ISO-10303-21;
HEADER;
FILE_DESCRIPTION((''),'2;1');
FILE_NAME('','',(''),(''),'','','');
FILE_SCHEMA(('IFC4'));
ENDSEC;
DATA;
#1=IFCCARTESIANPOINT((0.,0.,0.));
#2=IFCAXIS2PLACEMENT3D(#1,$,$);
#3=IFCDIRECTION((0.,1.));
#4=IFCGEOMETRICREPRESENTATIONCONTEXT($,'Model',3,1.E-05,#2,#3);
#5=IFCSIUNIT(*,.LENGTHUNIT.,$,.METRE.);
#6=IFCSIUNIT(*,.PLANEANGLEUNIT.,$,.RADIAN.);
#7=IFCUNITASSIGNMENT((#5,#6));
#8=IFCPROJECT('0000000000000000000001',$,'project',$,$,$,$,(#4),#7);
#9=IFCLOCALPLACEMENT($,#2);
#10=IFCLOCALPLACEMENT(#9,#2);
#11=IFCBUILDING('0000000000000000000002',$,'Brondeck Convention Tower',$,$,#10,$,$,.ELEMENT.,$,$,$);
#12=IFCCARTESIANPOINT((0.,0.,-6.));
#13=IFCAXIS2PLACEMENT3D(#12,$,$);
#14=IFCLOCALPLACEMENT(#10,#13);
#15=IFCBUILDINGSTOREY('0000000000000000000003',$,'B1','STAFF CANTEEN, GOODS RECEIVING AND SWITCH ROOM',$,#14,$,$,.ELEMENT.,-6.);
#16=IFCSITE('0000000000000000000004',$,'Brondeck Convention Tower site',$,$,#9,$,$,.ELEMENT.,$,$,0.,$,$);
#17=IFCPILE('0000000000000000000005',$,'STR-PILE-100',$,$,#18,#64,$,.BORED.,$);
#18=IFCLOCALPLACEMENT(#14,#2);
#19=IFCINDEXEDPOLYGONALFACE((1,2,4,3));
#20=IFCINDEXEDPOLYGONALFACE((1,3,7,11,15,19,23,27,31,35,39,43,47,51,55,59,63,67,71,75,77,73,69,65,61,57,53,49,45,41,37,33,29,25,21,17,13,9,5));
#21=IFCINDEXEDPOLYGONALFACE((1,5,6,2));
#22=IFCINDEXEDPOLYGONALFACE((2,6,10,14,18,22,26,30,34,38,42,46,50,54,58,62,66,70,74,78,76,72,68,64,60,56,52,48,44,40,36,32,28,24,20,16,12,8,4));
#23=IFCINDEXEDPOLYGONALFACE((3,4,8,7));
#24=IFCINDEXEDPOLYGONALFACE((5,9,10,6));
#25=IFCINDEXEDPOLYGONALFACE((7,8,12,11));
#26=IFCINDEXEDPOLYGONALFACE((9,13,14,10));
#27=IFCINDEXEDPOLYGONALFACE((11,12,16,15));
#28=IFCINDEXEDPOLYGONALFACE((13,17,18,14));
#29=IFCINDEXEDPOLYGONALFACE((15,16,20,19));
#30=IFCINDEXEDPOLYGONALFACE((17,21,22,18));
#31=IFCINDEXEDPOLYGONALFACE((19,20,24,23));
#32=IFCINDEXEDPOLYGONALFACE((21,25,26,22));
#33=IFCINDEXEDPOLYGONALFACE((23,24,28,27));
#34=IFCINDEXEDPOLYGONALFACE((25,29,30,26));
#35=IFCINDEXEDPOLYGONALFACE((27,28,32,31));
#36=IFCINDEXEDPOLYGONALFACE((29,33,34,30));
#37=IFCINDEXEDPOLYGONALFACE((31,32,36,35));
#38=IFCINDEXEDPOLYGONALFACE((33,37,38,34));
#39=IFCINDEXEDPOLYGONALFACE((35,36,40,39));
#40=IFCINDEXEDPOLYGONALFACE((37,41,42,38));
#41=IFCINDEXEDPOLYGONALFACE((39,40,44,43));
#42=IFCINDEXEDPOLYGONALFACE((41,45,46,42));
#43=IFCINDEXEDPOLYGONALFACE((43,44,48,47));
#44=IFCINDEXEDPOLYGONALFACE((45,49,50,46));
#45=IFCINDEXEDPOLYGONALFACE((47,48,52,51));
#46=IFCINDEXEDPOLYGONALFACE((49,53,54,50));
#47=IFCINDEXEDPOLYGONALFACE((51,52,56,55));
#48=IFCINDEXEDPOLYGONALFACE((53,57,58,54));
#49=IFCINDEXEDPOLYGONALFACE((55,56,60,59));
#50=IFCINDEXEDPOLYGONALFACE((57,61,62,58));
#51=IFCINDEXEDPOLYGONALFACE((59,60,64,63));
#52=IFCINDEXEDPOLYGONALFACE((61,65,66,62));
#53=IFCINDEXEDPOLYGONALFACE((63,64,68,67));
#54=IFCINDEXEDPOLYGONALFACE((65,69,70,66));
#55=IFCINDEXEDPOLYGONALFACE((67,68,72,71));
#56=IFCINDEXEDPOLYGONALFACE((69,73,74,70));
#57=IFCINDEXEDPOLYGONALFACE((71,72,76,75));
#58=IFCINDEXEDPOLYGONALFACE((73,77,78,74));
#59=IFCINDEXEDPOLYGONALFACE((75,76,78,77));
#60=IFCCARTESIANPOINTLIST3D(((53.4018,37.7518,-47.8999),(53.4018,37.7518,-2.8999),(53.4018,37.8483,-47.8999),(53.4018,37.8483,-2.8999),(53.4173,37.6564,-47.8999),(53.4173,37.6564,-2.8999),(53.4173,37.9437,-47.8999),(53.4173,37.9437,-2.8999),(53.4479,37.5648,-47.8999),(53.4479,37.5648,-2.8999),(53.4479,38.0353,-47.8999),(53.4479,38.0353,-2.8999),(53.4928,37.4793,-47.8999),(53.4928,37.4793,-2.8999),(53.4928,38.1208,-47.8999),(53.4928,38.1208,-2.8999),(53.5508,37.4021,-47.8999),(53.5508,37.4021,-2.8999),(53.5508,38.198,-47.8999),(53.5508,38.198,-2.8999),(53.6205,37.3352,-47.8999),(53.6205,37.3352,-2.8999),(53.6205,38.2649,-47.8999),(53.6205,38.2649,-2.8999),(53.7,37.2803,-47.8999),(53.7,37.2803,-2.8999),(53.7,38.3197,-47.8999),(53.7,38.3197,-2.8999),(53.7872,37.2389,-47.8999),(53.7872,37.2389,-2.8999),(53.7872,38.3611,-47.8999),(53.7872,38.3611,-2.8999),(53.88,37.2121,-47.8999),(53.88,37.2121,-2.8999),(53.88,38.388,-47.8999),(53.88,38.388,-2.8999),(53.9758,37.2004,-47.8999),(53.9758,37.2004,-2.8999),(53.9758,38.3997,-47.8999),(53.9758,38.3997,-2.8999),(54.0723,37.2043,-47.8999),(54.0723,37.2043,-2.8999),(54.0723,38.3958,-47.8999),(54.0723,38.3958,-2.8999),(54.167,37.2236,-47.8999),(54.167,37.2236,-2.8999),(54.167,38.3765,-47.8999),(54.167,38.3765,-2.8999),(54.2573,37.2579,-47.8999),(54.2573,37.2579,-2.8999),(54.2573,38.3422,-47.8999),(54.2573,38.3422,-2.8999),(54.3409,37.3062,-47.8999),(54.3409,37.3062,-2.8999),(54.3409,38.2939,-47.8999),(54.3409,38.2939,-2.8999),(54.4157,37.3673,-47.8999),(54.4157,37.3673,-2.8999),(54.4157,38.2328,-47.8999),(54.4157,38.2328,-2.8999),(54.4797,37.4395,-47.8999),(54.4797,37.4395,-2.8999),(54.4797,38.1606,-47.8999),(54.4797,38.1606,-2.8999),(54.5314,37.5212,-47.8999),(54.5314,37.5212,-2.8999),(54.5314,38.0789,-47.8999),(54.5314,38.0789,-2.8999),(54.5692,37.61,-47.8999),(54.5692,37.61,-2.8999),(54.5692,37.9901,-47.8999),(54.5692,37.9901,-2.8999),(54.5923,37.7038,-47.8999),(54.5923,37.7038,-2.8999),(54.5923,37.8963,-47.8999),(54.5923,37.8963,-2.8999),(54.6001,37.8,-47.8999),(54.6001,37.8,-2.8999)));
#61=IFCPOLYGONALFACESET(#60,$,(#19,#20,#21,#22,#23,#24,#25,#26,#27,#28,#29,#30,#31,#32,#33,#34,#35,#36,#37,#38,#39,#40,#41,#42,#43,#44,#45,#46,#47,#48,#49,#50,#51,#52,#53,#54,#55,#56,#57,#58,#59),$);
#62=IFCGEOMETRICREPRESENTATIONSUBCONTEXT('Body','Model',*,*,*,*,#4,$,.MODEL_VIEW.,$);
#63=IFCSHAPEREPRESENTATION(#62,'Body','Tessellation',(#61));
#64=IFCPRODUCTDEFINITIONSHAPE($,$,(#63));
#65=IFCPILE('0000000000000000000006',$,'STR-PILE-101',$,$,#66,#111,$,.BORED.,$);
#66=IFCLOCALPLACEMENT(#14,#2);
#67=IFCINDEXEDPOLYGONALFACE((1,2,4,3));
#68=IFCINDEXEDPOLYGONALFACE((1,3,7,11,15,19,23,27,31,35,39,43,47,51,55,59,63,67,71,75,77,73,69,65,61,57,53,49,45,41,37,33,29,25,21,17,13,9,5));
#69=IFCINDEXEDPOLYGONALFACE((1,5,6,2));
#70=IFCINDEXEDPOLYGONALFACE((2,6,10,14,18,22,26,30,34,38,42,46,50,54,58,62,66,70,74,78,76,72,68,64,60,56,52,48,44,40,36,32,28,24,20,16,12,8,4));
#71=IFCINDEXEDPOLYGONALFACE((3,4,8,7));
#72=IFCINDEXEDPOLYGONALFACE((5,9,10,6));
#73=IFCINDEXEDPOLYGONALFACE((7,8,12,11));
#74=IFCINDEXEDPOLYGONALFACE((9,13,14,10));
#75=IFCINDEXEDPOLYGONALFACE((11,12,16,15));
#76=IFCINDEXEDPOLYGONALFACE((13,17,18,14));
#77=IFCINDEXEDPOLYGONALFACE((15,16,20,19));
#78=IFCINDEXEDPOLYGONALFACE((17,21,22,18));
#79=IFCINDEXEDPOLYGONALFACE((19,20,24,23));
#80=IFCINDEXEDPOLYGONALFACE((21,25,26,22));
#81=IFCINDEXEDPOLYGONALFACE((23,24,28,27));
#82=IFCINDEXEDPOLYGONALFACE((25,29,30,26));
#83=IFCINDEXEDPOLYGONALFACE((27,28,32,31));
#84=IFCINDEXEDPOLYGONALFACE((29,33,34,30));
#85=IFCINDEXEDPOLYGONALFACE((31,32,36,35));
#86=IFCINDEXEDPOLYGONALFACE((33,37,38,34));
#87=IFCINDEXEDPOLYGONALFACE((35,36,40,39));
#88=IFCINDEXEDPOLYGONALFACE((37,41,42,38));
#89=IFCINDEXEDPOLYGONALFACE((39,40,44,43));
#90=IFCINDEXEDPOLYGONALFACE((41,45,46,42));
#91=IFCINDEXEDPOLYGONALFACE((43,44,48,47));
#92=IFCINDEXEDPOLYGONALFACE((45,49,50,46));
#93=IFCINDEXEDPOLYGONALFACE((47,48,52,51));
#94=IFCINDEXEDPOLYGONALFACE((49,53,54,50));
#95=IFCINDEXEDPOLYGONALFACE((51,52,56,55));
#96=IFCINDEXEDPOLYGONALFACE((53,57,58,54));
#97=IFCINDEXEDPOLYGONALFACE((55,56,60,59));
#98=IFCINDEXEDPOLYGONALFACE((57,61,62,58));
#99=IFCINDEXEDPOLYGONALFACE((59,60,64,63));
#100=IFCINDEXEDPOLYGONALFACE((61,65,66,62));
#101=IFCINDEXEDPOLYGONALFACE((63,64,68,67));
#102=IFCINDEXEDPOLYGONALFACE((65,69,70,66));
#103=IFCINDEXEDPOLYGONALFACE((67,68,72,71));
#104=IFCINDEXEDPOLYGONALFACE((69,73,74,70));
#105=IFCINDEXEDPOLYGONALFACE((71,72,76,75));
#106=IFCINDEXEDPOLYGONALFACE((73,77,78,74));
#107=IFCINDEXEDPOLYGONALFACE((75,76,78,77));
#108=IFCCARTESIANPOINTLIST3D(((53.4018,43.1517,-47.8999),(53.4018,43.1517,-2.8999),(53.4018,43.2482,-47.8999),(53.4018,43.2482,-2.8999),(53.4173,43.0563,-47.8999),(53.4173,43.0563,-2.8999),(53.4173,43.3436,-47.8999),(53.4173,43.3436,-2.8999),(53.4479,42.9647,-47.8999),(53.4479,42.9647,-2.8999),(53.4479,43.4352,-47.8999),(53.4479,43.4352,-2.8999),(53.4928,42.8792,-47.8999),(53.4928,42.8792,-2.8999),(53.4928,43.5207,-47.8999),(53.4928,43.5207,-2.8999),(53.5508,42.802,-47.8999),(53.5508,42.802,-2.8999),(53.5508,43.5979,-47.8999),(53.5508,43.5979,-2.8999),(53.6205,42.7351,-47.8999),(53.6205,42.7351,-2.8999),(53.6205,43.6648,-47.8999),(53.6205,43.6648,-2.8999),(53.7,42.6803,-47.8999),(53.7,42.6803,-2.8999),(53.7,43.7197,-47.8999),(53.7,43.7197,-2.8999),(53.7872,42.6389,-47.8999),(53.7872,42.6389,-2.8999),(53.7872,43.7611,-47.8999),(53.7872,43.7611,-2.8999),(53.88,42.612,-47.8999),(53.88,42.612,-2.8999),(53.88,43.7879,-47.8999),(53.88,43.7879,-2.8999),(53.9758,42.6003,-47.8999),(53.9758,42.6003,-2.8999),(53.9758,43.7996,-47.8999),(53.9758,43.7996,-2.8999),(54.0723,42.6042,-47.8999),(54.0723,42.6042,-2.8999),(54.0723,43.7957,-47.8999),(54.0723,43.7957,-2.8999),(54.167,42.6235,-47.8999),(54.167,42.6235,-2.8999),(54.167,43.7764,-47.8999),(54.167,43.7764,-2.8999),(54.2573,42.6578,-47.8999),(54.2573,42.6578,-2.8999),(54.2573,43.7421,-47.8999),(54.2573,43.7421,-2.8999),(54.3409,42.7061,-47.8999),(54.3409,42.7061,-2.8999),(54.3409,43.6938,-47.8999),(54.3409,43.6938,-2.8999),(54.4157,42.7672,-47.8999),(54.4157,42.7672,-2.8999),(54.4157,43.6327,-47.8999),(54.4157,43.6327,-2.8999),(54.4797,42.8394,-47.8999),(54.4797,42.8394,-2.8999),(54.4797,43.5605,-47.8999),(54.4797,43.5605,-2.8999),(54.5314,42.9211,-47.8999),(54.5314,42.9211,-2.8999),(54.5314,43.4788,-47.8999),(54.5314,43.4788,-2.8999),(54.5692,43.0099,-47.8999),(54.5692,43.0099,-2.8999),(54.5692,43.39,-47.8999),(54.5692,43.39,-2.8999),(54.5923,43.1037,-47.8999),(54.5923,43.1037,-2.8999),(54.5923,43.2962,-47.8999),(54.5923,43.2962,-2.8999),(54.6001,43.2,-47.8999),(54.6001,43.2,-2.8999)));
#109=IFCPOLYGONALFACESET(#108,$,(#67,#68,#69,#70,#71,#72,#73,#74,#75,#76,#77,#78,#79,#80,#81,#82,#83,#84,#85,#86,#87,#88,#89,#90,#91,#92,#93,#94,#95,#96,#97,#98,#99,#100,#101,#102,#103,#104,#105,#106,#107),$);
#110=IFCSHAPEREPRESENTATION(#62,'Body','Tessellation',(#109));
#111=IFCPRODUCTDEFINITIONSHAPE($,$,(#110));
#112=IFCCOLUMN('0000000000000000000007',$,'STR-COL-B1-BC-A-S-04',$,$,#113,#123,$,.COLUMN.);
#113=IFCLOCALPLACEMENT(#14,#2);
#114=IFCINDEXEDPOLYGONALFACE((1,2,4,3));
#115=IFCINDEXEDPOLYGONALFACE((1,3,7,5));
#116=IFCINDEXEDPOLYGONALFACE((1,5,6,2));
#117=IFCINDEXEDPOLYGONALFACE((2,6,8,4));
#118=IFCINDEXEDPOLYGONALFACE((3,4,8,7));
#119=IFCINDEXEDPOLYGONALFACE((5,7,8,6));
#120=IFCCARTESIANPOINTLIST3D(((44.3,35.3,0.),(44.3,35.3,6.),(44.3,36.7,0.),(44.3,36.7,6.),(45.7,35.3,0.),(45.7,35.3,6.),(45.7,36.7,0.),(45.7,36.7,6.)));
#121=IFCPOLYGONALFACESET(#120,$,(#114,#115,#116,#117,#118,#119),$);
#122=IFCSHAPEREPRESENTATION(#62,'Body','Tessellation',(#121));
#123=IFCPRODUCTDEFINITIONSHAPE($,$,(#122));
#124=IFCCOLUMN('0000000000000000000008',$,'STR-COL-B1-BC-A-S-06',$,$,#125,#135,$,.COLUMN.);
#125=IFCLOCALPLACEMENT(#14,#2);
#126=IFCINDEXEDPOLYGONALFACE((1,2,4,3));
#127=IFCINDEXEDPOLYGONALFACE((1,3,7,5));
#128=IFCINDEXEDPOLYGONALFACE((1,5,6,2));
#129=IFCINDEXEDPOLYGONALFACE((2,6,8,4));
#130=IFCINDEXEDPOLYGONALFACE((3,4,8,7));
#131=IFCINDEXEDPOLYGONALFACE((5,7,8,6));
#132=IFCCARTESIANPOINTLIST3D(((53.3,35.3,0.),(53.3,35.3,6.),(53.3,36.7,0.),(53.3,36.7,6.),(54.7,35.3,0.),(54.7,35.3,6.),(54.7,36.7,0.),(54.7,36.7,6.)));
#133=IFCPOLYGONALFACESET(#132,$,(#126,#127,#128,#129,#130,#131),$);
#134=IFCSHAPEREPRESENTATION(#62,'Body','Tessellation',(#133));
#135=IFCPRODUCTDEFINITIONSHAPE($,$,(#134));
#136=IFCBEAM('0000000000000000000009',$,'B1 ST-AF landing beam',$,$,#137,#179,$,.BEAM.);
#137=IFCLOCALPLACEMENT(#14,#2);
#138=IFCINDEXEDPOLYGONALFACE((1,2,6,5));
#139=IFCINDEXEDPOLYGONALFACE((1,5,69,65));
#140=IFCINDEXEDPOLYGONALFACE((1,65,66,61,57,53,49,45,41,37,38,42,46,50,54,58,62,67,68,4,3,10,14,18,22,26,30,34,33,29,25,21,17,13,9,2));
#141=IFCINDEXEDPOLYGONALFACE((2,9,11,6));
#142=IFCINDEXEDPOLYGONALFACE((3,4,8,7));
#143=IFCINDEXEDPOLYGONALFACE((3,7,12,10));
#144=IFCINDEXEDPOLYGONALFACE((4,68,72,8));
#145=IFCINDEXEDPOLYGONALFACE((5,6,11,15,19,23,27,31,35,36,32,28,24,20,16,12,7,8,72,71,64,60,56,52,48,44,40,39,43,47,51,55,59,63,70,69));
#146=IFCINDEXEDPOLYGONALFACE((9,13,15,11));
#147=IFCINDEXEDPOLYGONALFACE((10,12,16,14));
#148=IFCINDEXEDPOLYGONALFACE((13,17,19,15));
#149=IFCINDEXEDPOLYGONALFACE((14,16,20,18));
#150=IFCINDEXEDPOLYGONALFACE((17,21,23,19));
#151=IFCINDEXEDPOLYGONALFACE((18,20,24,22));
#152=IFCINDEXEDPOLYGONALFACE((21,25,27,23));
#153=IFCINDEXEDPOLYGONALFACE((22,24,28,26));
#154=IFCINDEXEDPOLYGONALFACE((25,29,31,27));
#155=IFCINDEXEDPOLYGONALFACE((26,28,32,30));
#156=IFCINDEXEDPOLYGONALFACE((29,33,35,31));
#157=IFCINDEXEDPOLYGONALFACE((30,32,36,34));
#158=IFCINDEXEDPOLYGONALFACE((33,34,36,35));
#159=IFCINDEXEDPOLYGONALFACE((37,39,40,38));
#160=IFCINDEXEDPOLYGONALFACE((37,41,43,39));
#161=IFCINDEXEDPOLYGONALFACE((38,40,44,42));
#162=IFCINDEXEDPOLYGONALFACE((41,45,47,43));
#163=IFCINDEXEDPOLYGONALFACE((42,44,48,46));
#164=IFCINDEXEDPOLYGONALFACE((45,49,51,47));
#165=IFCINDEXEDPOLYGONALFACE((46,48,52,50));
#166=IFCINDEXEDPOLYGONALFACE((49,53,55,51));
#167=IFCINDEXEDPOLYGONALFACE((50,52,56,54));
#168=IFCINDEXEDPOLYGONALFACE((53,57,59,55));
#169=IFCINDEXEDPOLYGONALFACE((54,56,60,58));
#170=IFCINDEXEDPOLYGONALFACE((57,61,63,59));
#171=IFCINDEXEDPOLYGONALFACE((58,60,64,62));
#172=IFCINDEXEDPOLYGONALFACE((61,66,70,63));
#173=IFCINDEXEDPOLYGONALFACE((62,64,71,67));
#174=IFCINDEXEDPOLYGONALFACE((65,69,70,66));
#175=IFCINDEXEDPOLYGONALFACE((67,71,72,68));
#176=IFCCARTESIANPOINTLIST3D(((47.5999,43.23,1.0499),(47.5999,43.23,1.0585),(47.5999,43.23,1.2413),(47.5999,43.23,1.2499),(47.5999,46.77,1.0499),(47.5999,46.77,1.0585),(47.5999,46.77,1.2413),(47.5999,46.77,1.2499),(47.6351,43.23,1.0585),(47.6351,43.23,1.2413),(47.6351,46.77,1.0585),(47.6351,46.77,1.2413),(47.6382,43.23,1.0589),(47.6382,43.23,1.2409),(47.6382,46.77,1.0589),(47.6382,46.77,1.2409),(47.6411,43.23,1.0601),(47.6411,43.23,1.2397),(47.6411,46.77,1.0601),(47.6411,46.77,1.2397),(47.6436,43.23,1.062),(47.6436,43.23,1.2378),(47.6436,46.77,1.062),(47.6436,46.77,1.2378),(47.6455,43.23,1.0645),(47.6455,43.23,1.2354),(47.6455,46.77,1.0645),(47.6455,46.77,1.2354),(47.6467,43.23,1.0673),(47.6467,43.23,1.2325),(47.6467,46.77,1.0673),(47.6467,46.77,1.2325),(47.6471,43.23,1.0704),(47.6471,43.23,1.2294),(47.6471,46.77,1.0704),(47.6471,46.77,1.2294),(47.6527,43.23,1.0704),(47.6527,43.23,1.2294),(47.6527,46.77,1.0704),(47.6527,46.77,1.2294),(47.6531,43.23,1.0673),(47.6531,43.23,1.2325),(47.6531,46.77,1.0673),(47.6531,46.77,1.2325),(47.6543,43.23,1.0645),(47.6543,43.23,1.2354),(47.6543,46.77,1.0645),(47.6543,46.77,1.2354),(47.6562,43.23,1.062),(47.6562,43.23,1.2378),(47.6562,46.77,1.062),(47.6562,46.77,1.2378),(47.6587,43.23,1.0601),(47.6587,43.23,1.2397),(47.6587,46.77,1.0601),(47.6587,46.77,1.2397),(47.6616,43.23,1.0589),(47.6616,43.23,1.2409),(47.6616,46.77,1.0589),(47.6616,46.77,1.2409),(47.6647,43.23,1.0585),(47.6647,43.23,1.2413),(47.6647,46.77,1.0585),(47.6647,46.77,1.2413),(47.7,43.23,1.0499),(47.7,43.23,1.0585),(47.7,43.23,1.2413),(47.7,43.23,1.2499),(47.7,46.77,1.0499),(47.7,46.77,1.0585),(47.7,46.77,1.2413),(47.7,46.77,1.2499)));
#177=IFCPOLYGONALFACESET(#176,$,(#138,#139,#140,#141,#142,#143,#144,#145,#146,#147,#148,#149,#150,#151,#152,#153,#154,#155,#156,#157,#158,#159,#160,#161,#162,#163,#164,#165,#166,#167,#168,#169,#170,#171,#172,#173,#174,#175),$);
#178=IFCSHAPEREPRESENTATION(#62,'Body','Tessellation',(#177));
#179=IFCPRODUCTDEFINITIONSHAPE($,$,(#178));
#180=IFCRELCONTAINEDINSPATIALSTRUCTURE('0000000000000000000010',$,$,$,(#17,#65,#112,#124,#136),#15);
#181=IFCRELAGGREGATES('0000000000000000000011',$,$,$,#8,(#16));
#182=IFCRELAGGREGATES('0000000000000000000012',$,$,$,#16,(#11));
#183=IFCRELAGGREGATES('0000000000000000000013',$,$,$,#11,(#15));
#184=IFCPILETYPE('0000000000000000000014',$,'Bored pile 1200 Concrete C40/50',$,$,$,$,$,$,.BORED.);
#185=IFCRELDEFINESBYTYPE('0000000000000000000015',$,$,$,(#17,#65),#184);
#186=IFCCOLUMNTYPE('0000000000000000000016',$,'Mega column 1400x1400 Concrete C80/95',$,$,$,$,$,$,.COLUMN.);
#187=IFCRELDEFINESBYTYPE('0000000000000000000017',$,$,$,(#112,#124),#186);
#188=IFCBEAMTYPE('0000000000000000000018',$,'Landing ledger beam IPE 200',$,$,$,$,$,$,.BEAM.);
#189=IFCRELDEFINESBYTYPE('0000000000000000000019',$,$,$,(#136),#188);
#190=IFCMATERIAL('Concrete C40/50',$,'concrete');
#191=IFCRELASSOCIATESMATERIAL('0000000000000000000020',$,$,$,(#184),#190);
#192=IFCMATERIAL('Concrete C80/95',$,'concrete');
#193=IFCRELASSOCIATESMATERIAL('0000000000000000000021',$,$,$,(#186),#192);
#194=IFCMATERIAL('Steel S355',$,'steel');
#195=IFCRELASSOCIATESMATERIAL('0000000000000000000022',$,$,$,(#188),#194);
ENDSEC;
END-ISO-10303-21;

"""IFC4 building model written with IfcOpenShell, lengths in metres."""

from ifc_helpers import new_model, si_unit, direction, frame, origin, origin_2d, place, context, subcontext, project, spatial, rectangle, circle, i_section, extrude, material, material_profile, profile_set, type_object, element, save


model = new_model("IFC4")

# Units and contexts
model_context = context("Model", 3, precision=1e-05, world=origin(), true_north=direction((0.0, 1.0)))
body_context = subcontext(model_context, "Body", "Model", "MODEL_VIEW")
ifc_project = project(units=[si_unit("LENGTHUNIT", "METRE"), si_unit("PLANEANGLEUNIT", "RADIAN")], contexts=[model_context])

# Site, building, storey
site_placement = place(None, origin())
site = spatial("IfcSite", under=ifc_project, at=site_placement, Name="Brondeck Convention Tower site", CompositionType="ELEMENT", RefElevation=0.0)
building_placement = place(site_placement, origin())
building = spatial("IfcBuilding", under=site, at=building_placement, Name="Brondeck Convention Tower", CompositionType="ELEMENT")
storey_placement = place(building_placement, frame((0.0, 0.0, -6.0)))
storey = spatial("IfcBuildingStorey", under=building, at=storey_placement, Name="B1", Description="STAFF CANTEEN, GOODS RECEIVING AND SWITCH ROOM", CompositionType="ELEMENT", Elevation=-6.0)

# Piles
ifc_material_1 = material(Name="Concrete C40/50", Category="concrete")
ifc_material_profile_1 = material_profile(ifc_material_1, circle(Radius=0.6001, at=origin_2d()), Name="Bored pile 1200 Concrete C40/50")
ifc_profile_set_1 = profile_set([ifc_material_profile_1], Name="Concrete C40/50")
pile_type = type_object("IfcPileType", Name="Bored pile 1200 Concrete C40/50", PredefinedType="BORED", material=ifc_profile_set_1)
for number, where, z_axis, x_axis, name in (
    (1, (54.0, 37.8, -2.8999), (0.0, 0.0, -1.0), (1.0, 0.0, 0.0), "STR-PILE-100"),
    (2, (54.0, 43.2, -2.8999), (0.0, 0.0, -1.0), (1.0, 0.0, 0.0), "STR-PILE-101"),
):
    element("IfcPile", number, at=place(storey_placement, frame(where, z_axis=z_axis, x_axis=x_axis)), inside=storey, type_object=pile_type, Name=name, PredefinedType="BORED", context=body_context, shape_type="SweptSolid", body=[
        extrude(circle(Radius=0.6001, at=origin_2d()), origin(), (0.0, 0.0, 1.0), 45.0),
    ])

# Columns
ifc_material_2 = material(Name="Concrete C80/95", Category="concrete")
ifc_material_profile_2 = material_profile(ifc_material_2, rectangle(XDim=1.3999, YDim=1.3999, at=origin_2d()), Name="Mega column 1400x1400 Concrete C80/95")
ifc_profile_set_2 = profile_set([ifc_material_profile_2], Name="Concrete C80/95")
column_type = type_object("IfcColumnType", Name="Mega column 1400x1400 Concrete C80/95", PredefinedType="COLUMN", material=ifc_profile_set_2)
for number, where, z_axis, x_axis, name in (
    (3, (45.0, 36.0, 0.0), (0.0, 0.0, 1.0), (1.0, 0.0, 0.0), "STR-COL-B1-BC-A-S-04"),
    (4, (54.0, 36.0, 0.0), (0.0, 0.0, 1.0), (1.0, 0.0, 0.0), "STR-COL-B1-BC-A-S-06"),
):
    element("IfcColumn", number, at=place(storey_placement, frame(where, z_axis=z_axis, x_axis=x_axis)), inside=storey, type_object=column_type, Name=name, PredefinedType="COLUMN", context=body_context, shape_type="SweptSolid", body=[
        extrude(rectangle(XDim=1.3999, YDim=1.3999, at=origin_2d()), origin(), (0.0, 0.0, 1.0), 6.0),
    ])

# Beam
ifc_material_3 = material(Name="Steel S355", Category="steel")
ifc_material_profile_3 = material_profile(ifc_material_3, i_section(OverallWidth=0.1001, OverallDepth=0.2, WebThickness=0.0056, FlangeThickness=0.0085, FilletRadius=0.012, at=origin_2d()), Name="IPE200")
ifc_profile_set_3 = profile_set([ifc_material_profile_3], Name="Steel S355")
beam_type = type_object("IfcBeamType", Name="Landing ledger beam IPE 200", PredefinedType="BEAM", material=ifc_profile_set_3)
for number, where, z_axis, x_axis, name in (
    (5, (47.6499, 43.23, 1.1499), (0.0, 1.0, 0.0), (-1.0, 0.0, 0.0), "B1 ST-AF landing beam"),
):
    element("IfcBeam", number, at=place(storey_placement, frame(where, z_axis=z_axis, x_axis=x_axis)), inside=storey, type_object=beam_type, Name=name, PredefinedType="BEAM", context=body_context, shape_type="SweptSolid", body=[
        extrude(i_section(OverallWidth=0.1001, OverallDepth=0.2, WebThickness=0.0056, FlangeThickness=0.0085, FilletRadius=0.012, at=origin_2d()), origin(), (0.0, 0.0, 1.0), 3.54),
    ])

save(model, "model.ifc")
